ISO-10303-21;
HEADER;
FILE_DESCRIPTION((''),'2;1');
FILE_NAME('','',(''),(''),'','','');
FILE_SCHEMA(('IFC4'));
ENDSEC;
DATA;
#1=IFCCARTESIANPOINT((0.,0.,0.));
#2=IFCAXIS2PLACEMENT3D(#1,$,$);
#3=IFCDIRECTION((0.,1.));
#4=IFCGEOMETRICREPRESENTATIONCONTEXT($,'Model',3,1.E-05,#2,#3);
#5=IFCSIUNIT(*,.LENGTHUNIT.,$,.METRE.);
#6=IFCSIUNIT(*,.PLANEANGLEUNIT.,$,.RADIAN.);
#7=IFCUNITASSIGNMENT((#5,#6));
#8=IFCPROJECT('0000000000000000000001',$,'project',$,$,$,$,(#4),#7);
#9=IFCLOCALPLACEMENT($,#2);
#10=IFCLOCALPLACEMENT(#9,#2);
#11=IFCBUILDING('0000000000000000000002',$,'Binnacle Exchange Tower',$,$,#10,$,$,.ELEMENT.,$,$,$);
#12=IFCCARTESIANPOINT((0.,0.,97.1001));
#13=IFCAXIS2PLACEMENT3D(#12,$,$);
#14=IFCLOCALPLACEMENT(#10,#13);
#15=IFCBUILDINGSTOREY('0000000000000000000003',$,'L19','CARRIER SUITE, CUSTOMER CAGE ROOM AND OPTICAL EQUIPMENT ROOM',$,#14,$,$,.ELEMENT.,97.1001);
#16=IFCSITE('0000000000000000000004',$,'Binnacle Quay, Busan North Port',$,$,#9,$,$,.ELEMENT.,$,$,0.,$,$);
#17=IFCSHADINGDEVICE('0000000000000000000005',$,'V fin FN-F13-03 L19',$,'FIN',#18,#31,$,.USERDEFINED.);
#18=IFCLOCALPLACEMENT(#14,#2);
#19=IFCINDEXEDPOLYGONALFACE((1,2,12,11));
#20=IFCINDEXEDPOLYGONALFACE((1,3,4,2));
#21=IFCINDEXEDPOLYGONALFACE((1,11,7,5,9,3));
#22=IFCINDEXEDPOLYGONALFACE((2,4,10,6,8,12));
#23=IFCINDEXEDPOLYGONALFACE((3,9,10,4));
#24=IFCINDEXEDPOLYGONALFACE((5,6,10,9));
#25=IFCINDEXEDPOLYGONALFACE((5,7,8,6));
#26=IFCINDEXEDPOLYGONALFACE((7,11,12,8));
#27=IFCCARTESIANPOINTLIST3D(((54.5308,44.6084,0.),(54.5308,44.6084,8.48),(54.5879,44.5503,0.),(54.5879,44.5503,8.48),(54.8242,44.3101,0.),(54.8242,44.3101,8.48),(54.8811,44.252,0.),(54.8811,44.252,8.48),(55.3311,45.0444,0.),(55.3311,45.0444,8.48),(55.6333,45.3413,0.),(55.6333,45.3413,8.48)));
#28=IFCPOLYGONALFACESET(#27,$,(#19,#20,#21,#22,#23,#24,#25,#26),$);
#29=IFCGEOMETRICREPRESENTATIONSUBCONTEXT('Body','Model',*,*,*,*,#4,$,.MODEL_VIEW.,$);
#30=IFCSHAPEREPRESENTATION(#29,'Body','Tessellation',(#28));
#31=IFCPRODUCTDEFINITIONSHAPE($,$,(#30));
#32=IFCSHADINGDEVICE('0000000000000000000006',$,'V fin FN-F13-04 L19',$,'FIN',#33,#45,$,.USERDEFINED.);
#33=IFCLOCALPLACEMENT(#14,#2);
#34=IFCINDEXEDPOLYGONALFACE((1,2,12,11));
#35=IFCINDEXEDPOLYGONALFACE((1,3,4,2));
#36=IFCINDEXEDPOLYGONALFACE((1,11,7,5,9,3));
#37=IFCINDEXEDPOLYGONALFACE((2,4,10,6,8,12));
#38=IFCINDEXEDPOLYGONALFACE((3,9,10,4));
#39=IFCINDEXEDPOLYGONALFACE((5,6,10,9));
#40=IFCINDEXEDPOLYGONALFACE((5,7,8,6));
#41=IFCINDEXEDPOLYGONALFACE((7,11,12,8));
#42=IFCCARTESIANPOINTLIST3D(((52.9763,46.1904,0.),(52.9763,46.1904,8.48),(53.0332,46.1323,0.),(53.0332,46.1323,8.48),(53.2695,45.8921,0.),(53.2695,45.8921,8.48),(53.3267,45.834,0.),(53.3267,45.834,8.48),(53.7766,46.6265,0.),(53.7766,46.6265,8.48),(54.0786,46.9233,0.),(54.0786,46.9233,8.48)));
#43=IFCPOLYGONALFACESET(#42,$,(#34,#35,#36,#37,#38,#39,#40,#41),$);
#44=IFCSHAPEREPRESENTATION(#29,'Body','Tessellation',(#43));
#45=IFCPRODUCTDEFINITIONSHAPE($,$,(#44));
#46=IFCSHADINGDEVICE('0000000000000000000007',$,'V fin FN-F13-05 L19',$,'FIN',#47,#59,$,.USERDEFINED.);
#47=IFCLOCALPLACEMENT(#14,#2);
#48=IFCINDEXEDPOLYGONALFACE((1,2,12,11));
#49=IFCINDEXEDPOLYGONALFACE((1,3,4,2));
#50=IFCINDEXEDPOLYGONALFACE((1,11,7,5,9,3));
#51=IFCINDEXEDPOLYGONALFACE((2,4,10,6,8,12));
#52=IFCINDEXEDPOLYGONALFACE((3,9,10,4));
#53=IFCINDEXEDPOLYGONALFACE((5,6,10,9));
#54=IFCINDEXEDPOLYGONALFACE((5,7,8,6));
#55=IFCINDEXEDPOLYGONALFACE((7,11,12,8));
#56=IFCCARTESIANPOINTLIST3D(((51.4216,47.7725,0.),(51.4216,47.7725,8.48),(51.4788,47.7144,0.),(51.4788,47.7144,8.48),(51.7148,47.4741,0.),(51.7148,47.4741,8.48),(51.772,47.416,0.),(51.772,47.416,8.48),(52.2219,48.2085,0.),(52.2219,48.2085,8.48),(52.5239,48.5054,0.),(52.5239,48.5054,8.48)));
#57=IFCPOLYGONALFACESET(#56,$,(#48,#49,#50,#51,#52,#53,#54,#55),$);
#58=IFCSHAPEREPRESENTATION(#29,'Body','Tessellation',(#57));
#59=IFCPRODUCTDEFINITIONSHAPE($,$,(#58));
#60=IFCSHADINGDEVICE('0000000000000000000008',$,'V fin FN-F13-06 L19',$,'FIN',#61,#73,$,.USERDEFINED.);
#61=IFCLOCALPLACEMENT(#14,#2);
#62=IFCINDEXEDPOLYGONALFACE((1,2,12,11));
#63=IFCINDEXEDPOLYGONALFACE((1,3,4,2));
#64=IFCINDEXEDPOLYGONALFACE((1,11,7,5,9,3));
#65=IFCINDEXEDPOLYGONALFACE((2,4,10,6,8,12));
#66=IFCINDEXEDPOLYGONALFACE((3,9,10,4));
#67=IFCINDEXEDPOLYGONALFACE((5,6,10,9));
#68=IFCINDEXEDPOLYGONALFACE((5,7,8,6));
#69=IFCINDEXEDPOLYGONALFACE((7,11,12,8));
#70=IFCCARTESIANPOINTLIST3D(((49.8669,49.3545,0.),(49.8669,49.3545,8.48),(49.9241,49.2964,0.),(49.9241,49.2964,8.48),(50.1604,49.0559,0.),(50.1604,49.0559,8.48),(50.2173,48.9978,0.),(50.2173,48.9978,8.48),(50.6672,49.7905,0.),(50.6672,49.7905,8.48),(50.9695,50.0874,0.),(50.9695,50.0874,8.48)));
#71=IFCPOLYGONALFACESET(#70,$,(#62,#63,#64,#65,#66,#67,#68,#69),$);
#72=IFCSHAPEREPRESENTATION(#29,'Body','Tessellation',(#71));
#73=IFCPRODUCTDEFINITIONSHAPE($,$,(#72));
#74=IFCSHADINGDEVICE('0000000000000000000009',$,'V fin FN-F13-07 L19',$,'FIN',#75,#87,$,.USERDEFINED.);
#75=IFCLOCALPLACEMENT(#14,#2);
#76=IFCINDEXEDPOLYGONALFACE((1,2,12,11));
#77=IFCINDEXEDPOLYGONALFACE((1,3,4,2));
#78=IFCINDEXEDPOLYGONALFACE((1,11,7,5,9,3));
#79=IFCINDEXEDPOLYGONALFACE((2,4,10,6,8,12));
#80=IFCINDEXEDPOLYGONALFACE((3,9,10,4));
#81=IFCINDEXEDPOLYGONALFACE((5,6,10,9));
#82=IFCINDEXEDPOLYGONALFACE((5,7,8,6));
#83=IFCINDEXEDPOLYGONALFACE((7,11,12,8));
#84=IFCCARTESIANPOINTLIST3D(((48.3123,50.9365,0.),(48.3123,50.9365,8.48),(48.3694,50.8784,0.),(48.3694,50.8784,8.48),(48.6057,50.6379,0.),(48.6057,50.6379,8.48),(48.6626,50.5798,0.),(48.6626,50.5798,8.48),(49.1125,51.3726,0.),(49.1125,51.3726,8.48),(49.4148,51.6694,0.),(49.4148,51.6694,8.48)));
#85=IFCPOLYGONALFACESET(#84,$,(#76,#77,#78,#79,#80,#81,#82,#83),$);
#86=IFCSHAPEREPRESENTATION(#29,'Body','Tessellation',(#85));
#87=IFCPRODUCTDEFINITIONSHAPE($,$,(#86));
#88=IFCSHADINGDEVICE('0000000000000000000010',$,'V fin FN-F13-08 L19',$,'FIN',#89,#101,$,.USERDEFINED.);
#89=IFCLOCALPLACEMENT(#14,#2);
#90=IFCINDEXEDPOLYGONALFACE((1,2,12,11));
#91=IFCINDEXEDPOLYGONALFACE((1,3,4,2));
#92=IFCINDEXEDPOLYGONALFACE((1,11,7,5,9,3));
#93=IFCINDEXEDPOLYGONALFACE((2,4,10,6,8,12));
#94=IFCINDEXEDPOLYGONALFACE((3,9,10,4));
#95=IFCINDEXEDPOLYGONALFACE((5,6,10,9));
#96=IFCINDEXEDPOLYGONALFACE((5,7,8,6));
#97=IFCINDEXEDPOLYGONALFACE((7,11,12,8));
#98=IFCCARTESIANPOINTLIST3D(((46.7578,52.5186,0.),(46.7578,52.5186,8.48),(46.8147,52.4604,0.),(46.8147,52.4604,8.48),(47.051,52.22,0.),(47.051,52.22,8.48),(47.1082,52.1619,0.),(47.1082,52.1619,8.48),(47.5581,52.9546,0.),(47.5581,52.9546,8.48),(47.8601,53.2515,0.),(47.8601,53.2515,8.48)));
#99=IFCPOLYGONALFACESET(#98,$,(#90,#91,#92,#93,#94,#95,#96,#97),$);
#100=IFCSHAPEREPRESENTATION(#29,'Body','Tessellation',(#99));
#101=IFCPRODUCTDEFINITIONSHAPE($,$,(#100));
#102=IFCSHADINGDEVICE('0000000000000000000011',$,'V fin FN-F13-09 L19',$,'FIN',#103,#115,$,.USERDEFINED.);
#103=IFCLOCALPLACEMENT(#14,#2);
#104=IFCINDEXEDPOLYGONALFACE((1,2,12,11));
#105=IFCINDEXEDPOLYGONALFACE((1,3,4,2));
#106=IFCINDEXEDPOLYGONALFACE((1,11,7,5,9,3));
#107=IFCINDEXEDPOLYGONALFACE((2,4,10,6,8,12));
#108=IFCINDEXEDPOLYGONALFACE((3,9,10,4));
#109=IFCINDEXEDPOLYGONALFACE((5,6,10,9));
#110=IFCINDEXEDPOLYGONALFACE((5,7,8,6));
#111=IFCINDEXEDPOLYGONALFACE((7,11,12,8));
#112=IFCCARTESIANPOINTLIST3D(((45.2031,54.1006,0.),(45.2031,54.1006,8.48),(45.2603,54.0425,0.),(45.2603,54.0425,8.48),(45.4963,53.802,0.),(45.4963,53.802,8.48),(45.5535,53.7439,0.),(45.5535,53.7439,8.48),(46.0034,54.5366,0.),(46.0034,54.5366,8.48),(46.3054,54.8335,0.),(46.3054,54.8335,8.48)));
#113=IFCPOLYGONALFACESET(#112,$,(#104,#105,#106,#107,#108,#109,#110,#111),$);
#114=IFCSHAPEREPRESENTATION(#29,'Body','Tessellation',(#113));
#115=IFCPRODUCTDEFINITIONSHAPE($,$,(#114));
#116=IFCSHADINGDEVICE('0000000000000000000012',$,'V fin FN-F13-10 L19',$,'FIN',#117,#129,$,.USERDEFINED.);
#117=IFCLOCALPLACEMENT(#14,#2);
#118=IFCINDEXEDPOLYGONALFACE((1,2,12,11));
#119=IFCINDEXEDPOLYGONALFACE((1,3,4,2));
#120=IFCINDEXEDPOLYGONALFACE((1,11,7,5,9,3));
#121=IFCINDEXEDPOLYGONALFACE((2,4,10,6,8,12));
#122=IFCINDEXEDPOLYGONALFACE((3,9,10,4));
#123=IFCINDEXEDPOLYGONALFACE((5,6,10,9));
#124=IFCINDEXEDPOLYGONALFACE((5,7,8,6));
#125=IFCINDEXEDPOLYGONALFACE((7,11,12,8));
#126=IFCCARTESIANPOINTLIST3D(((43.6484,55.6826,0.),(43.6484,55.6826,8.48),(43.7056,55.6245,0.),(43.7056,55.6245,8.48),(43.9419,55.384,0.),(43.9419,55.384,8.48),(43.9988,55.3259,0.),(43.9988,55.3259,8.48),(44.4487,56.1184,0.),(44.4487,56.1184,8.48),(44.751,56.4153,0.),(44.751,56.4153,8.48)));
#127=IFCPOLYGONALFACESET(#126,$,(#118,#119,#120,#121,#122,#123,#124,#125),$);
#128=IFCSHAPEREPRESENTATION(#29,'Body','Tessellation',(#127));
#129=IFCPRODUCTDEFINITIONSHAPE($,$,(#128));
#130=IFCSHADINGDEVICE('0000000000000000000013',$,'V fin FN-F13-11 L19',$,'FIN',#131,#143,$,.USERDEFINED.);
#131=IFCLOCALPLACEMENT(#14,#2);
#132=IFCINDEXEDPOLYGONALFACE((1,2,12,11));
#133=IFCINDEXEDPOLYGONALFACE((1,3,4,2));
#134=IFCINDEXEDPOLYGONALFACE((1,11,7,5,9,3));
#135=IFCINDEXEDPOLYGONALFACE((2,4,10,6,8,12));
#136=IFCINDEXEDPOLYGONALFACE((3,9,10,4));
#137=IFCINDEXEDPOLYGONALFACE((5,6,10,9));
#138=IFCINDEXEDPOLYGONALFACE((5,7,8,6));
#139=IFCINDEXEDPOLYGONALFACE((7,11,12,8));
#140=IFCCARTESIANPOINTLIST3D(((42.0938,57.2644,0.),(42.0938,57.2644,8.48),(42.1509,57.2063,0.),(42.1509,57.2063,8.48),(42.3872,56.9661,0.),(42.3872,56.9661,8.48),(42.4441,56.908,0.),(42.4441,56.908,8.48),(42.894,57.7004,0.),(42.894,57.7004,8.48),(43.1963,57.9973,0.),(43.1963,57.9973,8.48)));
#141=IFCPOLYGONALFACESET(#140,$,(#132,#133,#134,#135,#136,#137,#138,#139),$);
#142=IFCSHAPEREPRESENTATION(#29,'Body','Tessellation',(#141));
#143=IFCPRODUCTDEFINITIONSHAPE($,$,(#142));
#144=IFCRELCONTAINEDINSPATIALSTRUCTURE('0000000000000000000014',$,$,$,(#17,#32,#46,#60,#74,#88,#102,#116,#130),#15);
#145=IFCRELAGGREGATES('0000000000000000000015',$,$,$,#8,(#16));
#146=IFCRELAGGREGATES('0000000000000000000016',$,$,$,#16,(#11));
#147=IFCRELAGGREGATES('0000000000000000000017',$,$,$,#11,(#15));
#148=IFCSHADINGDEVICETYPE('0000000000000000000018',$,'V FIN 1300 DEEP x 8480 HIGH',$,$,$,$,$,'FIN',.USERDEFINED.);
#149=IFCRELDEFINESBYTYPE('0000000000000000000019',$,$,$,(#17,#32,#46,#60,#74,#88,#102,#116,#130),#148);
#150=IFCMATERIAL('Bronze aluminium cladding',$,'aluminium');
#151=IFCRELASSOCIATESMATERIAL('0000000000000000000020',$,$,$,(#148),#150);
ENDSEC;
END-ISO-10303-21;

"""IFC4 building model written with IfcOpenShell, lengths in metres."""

from ifc_helpers import new_model, si_unit, direction, frame, origin, place, context, subcontext, project, spatial, polyline, outline, extrude, material, type_object, element, save


model = new_model("IFC4")

# Units and contexts
model_context = context("Model", 3, precision=1e-05, world=origin(), true_north=direction((0.0, 1.0)))
body_context = subcontext(model_context, "Body", "Model", "MODEL_VIEW")
ifc_project = project(units=[si_unit("LENGTHUNIT", "METRE"), si_unit("PLANEANGLEUNIT", "RADIAN")], contexts=[model_context])

# Site, building, storey
site_placement = place(None, origin())
site = spatial("IfcSite", under=ifc_project, at=site_placement, Name="Binnacle Quay, Busan North Port", CompositionType="ELEMENT", RefElevation=0.0)
building_placement = place(site_placement, origin())
building = spatial("IfcBuilding", under=site, at=building_placement, Name="Binnacle Exchange Tower", CompositionType="ELEMENT")
storey_placement = place(building_placement, frame((0.0, 0.0, 97.1001)))
storey = spatial("IfcBuildingStorey", under=building, at=storey_placement, Name="L19", Description="CARRIER SUITE, CUSTOMER CAGE ROOM AND OPTICAL EQUIPMENT ROOM", CompositionType="ELEMENT", Elevation=97.1001)

# Shading devices
ifc_material_1 = material(Name="Bronze aluminium cladding", Category="aluminium")
shading_device_type = type_object("IfcShadingDeviceType", Name="V FIN 1300 DEEP x 8480 HIGH", ElementType="FIN", PredefinedType="USERDEFINED", material=ifc_material_1)
shading_device_1_placement = place(storey_placement, origin())
element("IfcShadingDevice", 1, at=shading_device_1_placement, inside=storey, type_object=shading_device_type, Name="V fin FN-F13-03 L19", ObjectType="FIN", PredefinedType="USERDEFINED", context=body_context, shape_type="SweptSolid", body=[
    extrude(outline(polyline([(54.8811, 44.252), (55.6333, 45.3413), (54.5308, 44.6084), (54.5879, 44.5503), (55.3311, 45.0444), (54.8242, 44.3101), (54.8811, 44.252)])), origin(), (0.0, 0.0, 1.0), 8.48),
])
shading_device_2_placement = place(storey_placement, origin())
element("IfcShadingDevice", 2, at=shading_device_2_placement, inside=storey, type_object=shading_device_type, Name="V fin FN-F13-04 L19", ObjectType="FIN", PredefinedType="USERDEFINED", context=body_context, shape_type="SweptSolid", body=[
    extrude(outline(polyline([(53.3267, 45.834), (54.0786, 46.9233), (52.9763, 46.1904), (53.0332, 46.1323), (53.7766, 46.6265), (53.2695, 45.8921), (53.3267, 45.834)])), origin(), (0.0, 0.0, 1.0), 8.48),
])
shading_device_3_placement = place(storey_placement, origin())
element("IfcShadingDevice", 3, at=shading_device_3_placement, inside=storey, type_object=shading_device_type, Name="V fin FN-F13-05 L19", ObjectType="FIN", PredefinedType="USERDEFINED", context=body_context, shape_type="SweptSolid", body=[
    extrude(outline(polyline([(51.772, 47.416), (52.5239, 48.5054), (51.4216, 47.7725), (51.4788, 47.7144), (52.2219, 48.2085), (51.7148, 47.4741), (51.772, 47.416)])), origin(), (0.0, 0.0, 1.0), 8.48),
])
shading_device_4_placement = place(storey_placement, origin())
element("IfcShadingDevice", 4, at=shading_device_4_placement, inside=storey, type_object=shading_device_type, Name="V fin FN-F13-06 L19", ObjectType="FIN", PredefinedType="USERDEFINED", context=body_context, shape_type="SweptSolid", body=[
    extrude(outline(polyline([(50.2173, 48.9978), (50.9695, 50.0874), (49.8669, 49.3545), (49.9241, 49.2964), (50.6672, 49.7905), (50.1604, 49.0559), (50.2173, 48.9978)])), origin(), (0.0, 0.0, 1.0), 8.48),
])
shading_device_5_placement = place(storey_placement, origin())
element("IfcShadingDevice", 5, at=shading_device_5_placement, inside=storey, type_object=shading_device_type, Name="V fin FN-F13-07 L19", ObjectType="FIN", PredefinedType="USERDEFINED", context=body_context, shape_type="SweptSolid", body=[
    extrude(outline(polyline([(48.6626, 50.5798), (49.4148, 51.6694), (48.3123, 50.9365), (48.3694, 50.8784), (49.1125, 51.3726), (48.6057, 50.6379), (48.6626, 50.5798)])), origin(), (0.0, 0.0, 1.0), 8.48),
])
shading_device_6_placement = place(storey_placement, origin())
element("IfcShadingDevice", 6, at=shading_device_6_placement, inside=storey, type_object=shading_device_type, Name="V fin FN-F13-08 L19", ObjectType="FIN", PredefinedType="USERDEFINED", context=body_context, shape_type="SweptSolid", body=[
    extrude(outline(polyline([(47.1082, 52.1619), (47.8601, 53.2515), (46.7578, 52.5186), (46.8147, 52.4604), (47.5581, 52.9546), (47.051, 52.22), (47.1082, 52.1619)])), origin(), (0.0, 0.0, 1.0), 8.48),
])
shading_device_7_placement = place(storey_placement, origin())
element("IfcShadingDevice", 7, at=shading_device_7_placement, inside=storey, type_object=shading_device_type, Name="V fin FN-F13-09 L19", ObjectType="FIN", PredefinedType="USERDEFINED", context=body_context, shape_type="SweptSolid", body=[
    extrude(outline(polyline([(45.5535, 53.7439), (46.3054, 54.8335), (45.2031, 54.1006), (45.2603, 54.0425), (46.0034, 54.5366), (45.4963, 53.802), (45.5535, 53.7439)])), origin(), (0.0, 0.0, 1.0), 8.48),
])
shading_device_8_placement = place(storey_placement, origin())
element("IfcShadingDevice", 8, at=shading_device_8_placement, inside=storey, type_object=shading_device_type, Name="V fin FN-F13-10 L19", ObjectType="FIN", PredefinedType="USERDEFINED", context=body_context, shape_type="SweptSolid", body=[
    extrude(outline(polyline([(43.9988, 55.3259), (44.751, 56.4153), (43.6484, 55.6826), (43.7056, 55.6245), (44.4487, 56.1184), (43.9419, 55.384), (43.9988, 55.3259)])), origin(), (0.0, 0.0, 1.0), 8.48),
])
shading_device_9_placement = place(storey_placement, origin())
element("IfcShadingDevice", 9, at=shading_device_9_placement, inside=storey, type_object=shading_device_type, Name="V fin FN-F13-11 L19", ObjectType="FIN", PredefinedType="USERDEFINED", context=body_context, shape_type="SweptSolid", body=[
    extrude(outline(polyline([(42.4441, 56.908), (43.1963, 57.9973), (42.0938, 57.2644), (42.1509, 57.2063), (42.894, 57.7004), (42.3872, 56.9661), (42.4441, 56.908)])), origin(), (0.0, 0.0, 1.0), 8.48),
])

save(model, "model.ifc")
